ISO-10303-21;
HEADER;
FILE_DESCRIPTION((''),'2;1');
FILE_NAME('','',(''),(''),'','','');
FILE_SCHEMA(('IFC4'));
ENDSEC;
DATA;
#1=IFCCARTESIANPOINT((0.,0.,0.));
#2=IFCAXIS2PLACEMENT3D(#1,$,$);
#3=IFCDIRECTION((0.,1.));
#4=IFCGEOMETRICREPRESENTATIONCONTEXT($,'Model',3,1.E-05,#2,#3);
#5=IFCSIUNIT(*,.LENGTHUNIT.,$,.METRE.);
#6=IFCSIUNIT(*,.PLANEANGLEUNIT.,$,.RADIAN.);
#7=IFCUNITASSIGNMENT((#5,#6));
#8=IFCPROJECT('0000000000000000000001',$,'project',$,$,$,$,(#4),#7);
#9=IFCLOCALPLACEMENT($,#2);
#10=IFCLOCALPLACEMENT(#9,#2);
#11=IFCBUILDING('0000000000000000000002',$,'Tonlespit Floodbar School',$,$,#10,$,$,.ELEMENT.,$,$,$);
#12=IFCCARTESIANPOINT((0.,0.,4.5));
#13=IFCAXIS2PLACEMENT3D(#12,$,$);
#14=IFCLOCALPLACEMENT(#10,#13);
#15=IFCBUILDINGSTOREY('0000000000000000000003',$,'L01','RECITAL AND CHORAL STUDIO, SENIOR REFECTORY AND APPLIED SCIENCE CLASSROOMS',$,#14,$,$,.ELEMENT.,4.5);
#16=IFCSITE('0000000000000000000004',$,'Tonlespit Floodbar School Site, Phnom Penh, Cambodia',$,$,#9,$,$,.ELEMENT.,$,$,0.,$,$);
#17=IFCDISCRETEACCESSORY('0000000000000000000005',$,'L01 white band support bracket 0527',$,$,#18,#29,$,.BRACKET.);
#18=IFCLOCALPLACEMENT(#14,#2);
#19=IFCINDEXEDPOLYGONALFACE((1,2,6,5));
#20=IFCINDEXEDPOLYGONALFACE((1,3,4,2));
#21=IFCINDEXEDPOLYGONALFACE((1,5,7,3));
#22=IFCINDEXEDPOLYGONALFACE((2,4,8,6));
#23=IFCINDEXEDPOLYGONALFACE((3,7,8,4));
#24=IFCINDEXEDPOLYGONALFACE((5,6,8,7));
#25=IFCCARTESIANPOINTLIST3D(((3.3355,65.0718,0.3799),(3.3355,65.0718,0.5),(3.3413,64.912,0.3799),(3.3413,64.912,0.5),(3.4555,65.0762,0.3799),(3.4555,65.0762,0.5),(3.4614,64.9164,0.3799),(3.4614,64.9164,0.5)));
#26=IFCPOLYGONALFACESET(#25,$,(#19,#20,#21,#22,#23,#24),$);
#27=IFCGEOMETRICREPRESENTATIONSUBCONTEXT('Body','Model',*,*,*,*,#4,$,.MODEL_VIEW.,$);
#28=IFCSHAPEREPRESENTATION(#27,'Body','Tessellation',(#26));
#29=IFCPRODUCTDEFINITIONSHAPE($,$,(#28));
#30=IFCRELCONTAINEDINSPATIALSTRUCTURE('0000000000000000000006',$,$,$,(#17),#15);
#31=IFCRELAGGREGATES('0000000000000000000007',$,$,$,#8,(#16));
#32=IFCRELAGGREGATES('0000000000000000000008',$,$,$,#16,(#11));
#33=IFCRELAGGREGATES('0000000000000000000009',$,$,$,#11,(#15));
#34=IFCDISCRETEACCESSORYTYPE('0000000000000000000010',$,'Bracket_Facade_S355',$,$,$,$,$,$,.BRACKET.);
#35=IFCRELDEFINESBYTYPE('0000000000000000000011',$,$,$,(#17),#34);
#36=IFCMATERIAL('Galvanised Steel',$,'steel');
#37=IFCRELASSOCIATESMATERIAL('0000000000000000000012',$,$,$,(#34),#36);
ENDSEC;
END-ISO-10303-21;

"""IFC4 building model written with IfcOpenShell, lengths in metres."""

from ifc_helpers import new_model, si_unit, direction, frame, origin, origin_2d, place, context, subcontext, project, spatial, rectangle, extrude, material, type_object, element, save


model = new_model("IFC4")

# Units and contexts
model_context = context("Model", 3, precision=1e-05, world=origin(), true_north=direction((0.0, 1.0)))
body_context = subcontext(model_context, "Body", "Model", "MODEL_VIEW")
ifc_project = project(units=[si_unit("LENGTHUNIT", "METRE"), si_unit("PLANEANGLEUNIT", "RADIAN")], contexts=[model_context])

# Site, building, storey
site_placement = place(None, origin())
site = spatial("IfcSite", under=ifc_project, at=site_placement, Name="Tonlespit Floodbar School Site, Phnom Penh, Cambodia", CompositionType="ELEMENT", RefElevation=0.0)
building_placement = place(site_placement, origin())
building = spatial("IfcBuilding", under=site, at=building_placement, Name="Tonlespit Floodbar School", CompositionType="ELEMENT")
storey_placement = place(building_placement, frame((0.0, 0.0, 4.5)))
storey = spatial("IfcBuildingStorey", under=building, at=storey_placement, Name="L01", Description="RECITAL AND CHORAL STUDIO, SENIOR REFECTORY AND APPLIED SCIENCE CLASSROOMS", CompositionType="ELEMENT", Elevation=4.5)

# Discrete accessory
ifc_material_1 = material(Name="Galvanised Steel", Category="steel")
discrete_accessory_type = type_object("IfcDiscreteAccessoryType", Name="Bracket_Facade_S355", PredefinedType="BRACKET", material=ifc_material_1)
discrete_accessory_placement = place(storey_placement, frame((3.3984, 64.9941, 0.3799), z_axis=(0.0, 0.0, 1.0), x_axis=(-0.036576, 0.999331, 0.0)))
element("IfcDiscreteAccessory", 1, at=discrete_accessory_placement, inside=storey, type_object=discrete_accessory_type, Name="L01 white band support bracket 0527", PredefinedType="BRACKET", context=body_context, shape_type="SweptSolid", body=[
    extrude(rectangle(XDim=0.1599, YDim=0.1201, at=origin_2d()), origin(), (0.0, 0.0, 1.0), 0.1201),
])

save(model, "model.ifc")
